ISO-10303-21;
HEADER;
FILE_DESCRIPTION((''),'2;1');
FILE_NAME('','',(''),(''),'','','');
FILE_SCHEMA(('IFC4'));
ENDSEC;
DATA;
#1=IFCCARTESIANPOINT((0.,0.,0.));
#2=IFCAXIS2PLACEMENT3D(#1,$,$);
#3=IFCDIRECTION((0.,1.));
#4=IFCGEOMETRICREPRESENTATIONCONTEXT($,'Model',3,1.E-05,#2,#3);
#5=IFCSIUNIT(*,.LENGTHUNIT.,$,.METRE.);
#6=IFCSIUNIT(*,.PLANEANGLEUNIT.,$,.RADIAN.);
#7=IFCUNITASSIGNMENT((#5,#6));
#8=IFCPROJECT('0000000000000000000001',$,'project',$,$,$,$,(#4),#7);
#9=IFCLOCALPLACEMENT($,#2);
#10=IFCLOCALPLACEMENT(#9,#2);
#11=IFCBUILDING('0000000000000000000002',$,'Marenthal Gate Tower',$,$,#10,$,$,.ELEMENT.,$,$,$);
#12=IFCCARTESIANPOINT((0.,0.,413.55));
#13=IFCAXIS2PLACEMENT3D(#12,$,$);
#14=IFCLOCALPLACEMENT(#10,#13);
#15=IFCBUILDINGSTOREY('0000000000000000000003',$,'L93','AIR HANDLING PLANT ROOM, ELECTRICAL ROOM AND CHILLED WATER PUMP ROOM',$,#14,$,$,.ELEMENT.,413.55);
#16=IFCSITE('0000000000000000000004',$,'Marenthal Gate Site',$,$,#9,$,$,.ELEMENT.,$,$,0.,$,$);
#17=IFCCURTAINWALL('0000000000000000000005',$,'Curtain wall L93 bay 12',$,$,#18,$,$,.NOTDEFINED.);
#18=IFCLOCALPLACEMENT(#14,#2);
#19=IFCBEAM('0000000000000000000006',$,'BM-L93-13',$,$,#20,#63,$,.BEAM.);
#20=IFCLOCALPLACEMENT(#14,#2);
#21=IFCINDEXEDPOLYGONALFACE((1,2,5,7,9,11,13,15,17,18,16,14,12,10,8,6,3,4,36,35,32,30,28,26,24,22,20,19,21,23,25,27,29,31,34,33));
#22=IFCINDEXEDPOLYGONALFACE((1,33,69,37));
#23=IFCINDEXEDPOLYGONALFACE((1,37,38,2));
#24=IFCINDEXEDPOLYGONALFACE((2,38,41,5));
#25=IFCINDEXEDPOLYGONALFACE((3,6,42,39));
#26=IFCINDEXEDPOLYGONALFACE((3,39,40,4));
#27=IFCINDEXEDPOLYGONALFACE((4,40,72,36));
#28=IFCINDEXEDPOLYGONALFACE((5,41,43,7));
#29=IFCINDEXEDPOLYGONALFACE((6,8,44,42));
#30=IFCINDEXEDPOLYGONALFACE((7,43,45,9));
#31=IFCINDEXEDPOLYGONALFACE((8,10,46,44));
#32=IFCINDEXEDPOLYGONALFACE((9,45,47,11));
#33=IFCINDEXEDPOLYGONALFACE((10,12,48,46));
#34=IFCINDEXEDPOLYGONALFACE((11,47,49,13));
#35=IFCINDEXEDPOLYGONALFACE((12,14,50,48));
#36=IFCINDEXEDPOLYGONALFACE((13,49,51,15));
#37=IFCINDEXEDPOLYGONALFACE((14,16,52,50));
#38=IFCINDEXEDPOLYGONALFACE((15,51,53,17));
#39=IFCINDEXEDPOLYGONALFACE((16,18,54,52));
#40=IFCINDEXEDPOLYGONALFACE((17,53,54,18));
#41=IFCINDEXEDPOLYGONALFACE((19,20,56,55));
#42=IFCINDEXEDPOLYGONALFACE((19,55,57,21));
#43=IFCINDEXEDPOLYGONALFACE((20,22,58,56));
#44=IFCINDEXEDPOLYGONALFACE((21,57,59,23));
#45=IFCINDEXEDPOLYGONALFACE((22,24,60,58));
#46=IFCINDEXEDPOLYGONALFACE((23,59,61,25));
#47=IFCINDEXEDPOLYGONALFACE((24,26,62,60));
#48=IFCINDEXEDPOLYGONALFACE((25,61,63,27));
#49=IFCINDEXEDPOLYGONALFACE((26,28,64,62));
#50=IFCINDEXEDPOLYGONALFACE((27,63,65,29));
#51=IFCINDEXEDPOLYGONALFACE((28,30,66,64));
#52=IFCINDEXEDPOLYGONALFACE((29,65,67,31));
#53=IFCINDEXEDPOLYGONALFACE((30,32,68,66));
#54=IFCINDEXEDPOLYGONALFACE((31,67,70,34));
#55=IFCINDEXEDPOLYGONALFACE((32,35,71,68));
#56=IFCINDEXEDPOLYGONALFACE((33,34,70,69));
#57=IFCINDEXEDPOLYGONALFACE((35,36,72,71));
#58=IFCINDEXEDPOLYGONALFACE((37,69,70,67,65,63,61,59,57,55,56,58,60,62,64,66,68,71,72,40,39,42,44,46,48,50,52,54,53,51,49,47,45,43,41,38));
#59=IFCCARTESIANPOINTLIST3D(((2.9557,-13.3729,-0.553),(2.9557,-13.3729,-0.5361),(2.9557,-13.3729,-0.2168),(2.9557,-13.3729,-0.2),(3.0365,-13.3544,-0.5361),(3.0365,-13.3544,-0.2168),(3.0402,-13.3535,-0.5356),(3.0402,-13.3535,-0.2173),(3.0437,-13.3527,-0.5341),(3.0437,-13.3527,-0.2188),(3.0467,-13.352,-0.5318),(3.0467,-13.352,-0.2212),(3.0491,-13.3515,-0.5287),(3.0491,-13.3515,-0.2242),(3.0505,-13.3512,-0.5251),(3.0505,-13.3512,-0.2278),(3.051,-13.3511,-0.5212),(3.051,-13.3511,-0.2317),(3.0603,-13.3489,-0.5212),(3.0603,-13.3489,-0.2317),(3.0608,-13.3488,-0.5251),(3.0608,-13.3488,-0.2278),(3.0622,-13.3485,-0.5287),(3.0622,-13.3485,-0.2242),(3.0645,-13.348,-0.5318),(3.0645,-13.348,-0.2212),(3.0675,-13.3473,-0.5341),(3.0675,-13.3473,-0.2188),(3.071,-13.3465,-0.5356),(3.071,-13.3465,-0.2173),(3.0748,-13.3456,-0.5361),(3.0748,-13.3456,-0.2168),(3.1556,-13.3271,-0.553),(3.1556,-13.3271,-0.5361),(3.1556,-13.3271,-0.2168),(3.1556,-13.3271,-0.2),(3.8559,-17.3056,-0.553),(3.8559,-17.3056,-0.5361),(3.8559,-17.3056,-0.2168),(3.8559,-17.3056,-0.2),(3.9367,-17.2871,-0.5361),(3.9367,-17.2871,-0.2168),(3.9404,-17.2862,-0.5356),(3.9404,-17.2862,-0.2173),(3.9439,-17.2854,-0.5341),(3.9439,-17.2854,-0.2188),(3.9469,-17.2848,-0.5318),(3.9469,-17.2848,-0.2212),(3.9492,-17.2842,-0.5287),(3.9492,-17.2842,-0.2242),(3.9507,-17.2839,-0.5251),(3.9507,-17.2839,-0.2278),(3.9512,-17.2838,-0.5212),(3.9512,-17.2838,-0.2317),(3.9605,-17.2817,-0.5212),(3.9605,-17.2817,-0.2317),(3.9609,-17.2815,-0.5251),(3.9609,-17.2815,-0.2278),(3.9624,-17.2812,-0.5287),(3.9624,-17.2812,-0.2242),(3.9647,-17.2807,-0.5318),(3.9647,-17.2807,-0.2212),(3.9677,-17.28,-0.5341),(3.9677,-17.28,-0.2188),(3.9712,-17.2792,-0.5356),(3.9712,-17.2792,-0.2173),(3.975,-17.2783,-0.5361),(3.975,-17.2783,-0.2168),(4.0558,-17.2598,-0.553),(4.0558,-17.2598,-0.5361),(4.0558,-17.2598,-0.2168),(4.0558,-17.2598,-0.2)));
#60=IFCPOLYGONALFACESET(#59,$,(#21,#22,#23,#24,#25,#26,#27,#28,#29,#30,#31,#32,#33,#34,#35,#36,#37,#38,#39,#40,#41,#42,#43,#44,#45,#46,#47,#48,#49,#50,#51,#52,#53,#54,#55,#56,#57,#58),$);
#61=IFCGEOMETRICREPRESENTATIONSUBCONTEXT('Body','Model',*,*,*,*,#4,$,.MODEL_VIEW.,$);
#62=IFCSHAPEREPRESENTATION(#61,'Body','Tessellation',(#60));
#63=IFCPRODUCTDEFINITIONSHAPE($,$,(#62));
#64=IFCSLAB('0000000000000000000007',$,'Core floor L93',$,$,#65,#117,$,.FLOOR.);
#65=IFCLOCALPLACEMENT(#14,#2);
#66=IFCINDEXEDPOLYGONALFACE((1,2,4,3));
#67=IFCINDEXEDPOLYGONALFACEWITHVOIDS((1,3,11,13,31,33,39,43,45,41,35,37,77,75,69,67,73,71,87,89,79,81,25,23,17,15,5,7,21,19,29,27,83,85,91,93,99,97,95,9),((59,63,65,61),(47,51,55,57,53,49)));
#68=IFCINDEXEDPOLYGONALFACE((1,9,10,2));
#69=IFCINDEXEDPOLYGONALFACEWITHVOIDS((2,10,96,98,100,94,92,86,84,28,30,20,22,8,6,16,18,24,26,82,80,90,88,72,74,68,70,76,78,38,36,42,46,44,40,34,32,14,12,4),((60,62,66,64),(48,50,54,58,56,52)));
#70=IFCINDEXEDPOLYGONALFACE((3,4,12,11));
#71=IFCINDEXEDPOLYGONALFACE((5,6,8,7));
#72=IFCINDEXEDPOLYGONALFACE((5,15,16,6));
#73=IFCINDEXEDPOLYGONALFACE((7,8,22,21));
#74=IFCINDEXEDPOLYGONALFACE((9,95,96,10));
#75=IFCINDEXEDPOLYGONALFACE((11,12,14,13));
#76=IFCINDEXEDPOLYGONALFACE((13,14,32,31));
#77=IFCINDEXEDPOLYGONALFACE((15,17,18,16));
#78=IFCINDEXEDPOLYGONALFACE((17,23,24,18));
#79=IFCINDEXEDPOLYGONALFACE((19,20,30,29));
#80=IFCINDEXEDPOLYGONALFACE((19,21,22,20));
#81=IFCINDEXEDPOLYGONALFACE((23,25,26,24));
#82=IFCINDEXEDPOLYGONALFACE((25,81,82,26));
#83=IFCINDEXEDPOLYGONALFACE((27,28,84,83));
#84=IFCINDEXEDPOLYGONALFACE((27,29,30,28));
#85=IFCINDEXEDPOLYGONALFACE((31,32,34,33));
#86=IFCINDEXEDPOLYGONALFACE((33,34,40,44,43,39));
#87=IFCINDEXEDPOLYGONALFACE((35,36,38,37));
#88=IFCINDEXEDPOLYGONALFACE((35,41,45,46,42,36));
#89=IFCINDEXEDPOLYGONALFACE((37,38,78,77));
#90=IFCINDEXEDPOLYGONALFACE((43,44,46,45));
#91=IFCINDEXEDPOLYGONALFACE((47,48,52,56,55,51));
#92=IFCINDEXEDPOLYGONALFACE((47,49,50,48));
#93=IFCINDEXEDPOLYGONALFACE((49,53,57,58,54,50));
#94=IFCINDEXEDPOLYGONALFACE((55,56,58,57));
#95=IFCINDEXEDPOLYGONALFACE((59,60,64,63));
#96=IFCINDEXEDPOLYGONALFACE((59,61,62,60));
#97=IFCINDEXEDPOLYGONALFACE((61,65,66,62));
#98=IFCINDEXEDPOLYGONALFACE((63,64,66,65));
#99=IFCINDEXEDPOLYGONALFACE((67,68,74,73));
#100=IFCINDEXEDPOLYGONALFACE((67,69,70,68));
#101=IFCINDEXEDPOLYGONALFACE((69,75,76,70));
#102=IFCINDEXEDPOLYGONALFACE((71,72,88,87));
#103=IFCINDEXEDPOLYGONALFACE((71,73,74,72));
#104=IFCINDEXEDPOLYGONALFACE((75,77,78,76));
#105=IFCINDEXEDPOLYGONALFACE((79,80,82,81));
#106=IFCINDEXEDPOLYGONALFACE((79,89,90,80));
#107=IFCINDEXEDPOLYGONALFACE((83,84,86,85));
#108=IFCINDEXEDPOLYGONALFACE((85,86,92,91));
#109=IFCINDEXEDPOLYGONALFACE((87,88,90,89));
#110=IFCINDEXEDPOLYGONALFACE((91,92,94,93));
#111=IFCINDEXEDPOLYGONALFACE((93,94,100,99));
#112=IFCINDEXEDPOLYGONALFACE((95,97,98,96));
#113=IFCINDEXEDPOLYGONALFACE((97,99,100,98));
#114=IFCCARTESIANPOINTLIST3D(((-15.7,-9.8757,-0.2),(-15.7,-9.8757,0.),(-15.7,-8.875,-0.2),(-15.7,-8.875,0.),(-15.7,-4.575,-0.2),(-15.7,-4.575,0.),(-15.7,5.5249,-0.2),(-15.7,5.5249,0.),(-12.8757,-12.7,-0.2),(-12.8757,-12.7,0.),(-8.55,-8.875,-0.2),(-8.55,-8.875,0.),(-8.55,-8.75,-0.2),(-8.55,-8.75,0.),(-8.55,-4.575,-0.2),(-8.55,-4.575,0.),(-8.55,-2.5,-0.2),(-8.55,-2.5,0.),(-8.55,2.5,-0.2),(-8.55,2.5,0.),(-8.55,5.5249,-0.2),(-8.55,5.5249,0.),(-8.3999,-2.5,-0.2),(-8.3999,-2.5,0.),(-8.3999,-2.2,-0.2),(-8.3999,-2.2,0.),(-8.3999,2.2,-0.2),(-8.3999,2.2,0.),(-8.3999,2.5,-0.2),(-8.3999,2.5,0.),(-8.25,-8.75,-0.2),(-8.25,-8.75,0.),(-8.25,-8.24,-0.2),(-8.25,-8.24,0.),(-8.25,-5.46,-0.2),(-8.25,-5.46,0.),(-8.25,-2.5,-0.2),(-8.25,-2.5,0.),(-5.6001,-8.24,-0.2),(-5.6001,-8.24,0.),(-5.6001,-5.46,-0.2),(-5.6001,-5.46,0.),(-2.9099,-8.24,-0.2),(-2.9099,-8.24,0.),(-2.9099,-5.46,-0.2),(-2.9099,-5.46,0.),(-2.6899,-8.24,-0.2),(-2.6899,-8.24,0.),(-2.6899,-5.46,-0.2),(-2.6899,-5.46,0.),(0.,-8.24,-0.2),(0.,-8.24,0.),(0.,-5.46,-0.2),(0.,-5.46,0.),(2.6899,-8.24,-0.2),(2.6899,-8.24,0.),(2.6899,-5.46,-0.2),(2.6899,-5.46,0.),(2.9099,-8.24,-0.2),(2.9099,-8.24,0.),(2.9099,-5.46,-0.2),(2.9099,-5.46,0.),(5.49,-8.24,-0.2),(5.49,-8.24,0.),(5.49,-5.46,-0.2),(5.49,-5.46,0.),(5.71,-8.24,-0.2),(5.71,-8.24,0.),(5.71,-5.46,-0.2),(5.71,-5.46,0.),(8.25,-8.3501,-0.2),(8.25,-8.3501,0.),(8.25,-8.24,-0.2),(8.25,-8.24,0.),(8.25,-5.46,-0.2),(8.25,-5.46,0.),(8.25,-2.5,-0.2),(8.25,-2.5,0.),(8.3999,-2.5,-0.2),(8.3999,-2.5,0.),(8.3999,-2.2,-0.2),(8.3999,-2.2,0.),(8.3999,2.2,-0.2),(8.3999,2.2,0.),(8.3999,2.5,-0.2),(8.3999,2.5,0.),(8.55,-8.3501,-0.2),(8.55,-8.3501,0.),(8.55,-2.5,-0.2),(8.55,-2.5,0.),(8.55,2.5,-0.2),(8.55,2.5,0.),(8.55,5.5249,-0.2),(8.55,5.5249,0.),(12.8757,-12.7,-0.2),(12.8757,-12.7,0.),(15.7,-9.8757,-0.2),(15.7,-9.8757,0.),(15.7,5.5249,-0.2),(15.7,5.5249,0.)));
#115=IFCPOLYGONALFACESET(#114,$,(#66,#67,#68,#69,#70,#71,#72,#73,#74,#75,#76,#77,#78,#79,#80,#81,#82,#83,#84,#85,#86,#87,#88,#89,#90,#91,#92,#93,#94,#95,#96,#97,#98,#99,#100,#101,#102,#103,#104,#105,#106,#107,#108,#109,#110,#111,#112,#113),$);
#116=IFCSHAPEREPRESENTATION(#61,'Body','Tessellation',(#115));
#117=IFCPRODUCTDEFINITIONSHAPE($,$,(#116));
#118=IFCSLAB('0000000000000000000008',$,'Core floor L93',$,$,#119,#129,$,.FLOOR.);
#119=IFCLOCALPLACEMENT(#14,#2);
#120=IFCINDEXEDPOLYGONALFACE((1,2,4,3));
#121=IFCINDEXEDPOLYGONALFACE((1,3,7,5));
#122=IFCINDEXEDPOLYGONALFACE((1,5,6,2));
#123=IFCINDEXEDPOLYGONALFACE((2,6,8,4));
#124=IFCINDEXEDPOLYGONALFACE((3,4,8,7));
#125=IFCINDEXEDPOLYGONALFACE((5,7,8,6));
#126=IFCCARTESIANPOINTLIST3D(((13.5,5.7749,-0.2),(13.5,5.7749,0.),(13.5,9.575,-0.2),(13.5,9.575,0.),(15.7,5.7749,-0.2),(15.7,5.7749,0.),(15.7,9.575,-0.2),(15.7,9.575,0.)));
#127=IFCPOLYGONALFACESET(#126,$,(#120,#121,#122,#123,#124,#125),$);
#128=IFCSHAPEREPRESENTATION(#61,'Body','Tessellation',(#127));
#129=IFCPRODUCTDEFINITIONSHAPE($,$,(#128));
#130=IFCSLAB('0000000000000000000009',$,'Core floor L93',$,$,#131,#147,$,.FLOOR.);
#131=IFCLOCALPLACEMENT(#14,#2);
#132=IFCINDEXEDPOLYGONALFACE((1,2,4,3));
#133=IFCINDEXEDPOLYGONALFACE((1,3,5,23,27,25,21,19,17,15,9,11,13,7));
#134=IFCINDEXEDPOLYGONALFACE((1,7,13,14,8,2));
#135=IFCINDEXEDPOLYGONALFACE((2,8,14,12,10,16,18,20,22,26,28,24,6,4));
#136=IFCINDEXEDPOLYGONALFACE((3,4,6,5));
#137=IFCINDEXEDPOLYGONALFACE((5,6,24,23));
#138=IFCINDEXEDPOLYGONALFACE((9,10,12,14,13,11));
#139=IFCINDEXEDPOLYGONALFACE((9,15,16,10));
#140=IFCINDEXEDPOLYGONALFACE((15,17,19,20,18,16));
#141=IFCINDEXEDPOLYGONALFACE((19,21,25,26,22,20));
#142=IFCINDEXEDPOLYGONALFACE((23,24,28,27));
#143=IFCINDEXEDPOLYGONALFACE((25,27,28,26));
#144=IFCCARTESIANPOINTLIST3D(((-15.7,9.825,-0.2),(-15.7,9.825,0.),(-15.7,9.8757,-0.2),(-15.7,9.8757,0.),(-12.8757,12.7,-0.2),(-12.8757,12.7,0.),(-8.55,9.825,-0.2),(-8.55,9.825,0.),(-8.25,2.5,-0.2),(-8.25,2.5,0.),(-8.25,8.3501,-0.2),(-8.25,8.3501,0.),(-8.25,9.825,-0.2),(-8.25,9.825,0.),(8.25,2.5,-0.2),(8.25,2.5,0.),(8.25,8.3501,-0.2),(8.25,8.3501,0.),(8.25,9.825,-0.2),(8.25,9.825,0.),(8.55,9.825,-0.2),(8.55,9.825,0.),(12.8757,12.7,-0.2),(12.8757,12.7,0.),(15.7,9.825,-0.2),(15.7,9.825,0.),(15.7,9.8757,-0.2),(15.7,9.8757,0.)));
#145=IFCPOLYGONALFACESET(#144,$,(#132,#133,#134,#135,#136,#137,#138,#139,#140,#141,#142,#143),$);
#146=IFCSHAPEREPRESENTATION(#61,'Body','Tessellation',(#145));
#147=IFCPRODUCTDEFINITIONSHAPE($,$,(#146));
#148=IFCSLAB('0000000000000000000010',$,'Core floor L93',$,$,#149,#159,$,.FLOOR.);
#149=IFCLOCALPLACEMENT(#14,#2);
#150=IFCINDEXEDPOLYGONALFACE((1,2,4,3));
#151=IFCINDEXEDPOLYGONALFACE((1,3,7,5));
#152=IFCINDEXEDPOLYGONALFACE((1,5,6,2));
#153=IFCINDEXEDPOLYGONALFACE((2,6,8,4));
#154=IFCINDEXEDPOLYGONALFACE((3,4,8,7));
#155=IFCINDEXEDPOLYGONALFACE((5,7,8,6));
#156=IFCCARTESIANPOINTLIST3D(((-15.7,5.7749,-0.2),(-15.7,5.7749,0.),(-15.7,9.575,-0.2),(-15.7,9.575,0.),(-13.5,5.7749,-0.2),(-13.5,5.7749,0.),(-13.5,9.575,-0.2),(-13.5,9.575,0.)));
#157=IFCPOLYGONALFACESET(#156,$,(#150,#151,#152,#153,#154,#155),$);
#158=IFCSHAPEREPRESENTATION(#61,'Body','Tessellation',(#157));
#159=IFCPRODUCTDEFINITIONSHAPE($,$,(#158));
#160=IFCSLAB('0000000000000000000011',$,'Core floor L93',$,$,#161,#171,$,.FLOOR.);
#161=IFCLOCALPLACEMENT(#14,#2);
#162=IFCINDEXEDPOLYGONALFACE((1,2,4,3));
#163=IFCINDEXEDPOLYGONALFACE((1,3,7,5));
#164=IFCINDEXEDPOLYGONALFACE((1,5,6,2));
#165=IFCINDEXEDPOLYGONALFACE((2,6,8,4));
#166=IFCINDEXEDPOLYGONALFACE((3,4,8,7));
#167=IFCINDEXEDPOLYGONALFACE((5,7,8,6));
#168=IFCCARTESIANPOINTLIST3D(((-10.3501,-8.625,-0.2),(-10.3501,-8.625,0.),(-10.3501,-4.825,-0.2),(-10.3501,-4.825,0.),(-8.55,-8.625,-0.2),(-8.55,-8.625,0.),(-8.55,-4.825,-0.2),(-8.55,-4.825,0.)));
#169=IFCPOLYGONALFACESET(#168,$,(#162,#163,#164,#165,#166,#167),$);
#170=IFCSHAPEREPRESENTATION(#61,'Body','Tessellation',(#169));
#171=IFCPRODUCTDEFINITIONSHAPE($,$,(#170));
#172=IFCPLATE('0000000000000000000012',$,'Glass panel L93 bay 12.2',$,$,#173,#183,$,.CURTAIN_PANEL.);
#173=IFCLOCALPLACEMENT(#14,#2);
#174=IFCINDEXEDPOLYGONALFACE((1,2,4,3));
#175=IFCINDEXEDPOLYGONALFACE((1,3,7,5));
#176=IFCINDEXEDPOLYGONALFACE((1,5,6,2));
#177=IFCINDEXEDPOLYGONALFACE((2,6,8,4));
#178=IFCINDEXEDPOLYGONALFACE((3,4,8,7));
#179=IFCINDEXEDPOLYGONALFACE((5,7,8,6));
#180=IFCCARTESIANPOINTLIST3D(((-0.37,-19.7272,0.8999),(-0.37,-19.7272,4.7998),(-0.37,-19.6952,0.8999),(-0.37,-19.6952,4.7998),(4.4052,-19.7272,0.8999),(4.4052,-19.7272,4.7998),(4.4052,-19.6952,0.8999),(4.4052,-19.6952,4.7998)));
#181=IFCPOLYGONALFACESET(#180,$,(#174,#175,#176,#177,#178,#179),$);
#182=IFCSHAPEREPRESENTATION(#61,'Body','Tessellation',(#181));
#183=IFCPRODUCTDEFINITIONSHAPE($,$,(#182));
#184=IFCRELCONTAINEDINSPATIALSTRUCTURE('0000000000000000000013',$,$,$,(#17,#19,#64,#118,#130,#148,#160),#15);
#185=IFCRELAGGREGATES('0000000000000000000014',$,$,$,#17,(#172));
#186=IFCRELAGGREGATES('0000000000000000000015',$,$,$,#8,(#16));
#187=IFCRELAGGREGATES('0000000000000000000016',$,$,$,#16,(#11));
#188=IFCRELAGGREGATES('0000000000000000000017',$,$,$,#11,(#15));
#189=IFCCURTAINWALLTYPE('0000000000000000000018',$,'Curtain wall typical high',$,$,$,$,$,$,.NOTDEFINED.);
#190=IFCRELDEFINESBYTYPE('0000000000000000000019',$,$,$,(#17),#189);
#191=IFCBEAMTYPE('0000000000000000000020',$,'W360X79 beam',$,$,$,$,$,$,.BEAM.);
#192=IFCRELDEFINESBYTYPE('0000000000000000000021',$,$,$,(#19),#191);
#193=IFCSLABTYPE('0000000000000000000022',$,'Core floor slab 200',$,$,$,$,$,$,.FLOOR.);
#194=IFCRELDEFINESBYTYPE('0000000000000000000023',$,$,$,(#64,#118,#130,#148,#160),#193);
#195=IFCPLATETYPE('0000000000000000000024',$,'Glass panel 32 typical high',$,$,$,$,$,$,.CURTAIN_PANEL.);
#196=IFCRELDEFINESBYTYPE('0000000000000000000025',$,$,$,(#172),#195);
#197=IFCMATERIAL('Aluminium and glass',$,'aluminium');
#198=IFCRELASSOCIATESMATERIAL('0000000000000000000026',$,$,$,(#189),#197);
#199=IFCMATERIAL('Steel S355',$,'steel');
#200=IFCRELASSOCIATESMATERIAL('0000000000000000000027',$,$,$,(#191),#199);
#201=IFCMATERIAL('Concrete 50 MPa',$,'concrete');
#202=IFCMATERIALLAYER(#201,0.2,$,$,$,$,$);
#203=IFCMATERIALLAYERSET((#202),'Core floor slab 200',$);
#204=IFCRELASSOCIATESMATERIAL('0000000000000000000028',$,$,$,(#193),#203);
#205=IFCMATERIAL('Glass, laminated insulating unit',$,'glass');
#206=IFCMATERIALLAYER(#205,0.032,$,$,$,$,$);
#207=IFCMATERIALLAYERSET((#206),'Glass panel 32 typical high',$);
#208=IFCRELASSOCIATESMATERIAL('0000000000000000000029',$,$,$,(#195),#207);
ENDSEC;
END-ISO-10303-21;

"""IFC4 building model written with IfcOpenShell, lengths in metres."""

from ifc_helpers import new_model, si_unit, direction, frame, origin, origin_2d, place, context, subcontext, project, spatial, polyline, rectangle, i_section, outline, extrude, material, layer, layer_set, material_profile, profile_set, type_object, element, aggregate, save


model = new_model("IFC4")

# Units and contexts
model_context = context("Model", 3, precision=1e-05, world=origin(), true_north=direction((0.0, 1.0)))
body_context = subcontext(model_context, "Body", "Model", "MODEL_VIEW")
ifc_project = project(units=[si_unit("LENGTHUNIT", "METRE"), si_unit("PLANEANGLEUNIT", "RADIAN")], contexts=[model_context])

# Site, building, storey
site_placement = place(None, origin())
site = spatial("IfcSite", under=ifc_project, at=site_placement, Name="Marenthal Gate Site", CompositionType="ELEMENT", RefElevation=0.0)
building_placement = place(site_placement, origin())
building = spatial("IfcBuilding", under=site, at=building_placement, Name="Marenthal Gate Tower", CompositionType="ELEMENT")
storey_placement = place(building_placement, frame((0.0, 0.0, 413.55)))
storey = spatial("IfcBuildingStorey", under=building, at=storey_placement, Name="L93", Description="AIR HANDLING PLANT ROOM, ELECTRICAL ROOM AND CHILLED WATER PUMP ROOM", CompositionType="ELEMENT", Elevation=413.55)

# Curtain wall
ifc_material_1 = material(Name="Aluminium and glass", Category="aluminium")
curtain_wall_type_1 = type_object("IfcCurtainWallType", Name="Curtain wall typical high", PredefinedType="NOTDEFINED", material=ifc_material_1)
curtain_wall_1_placement = place(storey_placement, origin())
curtain_wall_1 = element("IfcCurtainWall", 1, at=curtain_wall_1_placement, inside=storey, type_object=curtain_wall_type_1, Name="Curtain wall L93 bay 12", PredefinedType="NOTDEFINED")

# Beam
ifc_material_2 = material(Name="Steel S355", Category="steel")
ifc_material_profile_1 = material_profile(ifc_material_2, i_section(OverallWidth=0.2051, OverallDepth=0.353, WebThickness=0.0095, FlangeThickness=0.0168, FilletRadius=0.0149, at=origin_2d()), Name="W360X79")
ifc_profile_set_1 = profile_set([ifc_material_profile_1], Name="Steel S355")
beam_type_1 = type_object("IfcBeamType", Name="W360X79 beam", PredefinedType="BEAM", material=ifc_profile_set_1)
beam_1_placement = place(storey_placement, frame((3.9558, -17.2827, -0.3765), z_axis=(-0.223122, 0.97479, 0.0), x_axis=(-0.97479, -0.223122, 0.0)))
element("IfcBeam", 2, at=beam_1_placement, inside=storey, type_object=beam_type_1, Name="BM-L93-13", PredefinedType="BEAM", context=body_context, shape_type="SweptSolid", body=[
    extrude(i_section(OverallWidth=0.2051, OverallDepth=0.353, WebThickness=0.0095, FlangeThickness=0.0168, FilletRadius=0.0149, at=origin_2d()), origin(), (0.0, 0.0, 1.0), 4.0344),
])

# Slabs
ifc_material_3 = material(Name="Concrete 50 MPa", Category="concrete")
ifc_layer_1 = layer(ifc_material_3, 0.2)
ifc_layer_set_1 = layer_set([ifc_layer_1], Name="Core floor slab 200")
slab_type_1 = type_object("IfcSlabType", Name="Core floor slab 200", PredefinedType="FLOOR", material=ifc_layer_set_1)
slab_1_placement = place(storey_placement, frame((0.0, 0.0, -0.2)))
element("IfcSlab", 3, at=slab_1_placement, inside=storey, type_object=slab_type_1, Name="Core floor L93", PredefinedType="FLOOR", context=body_context, shape_type="SweptSolid", body=[
    extrude(outline(polyline([(12.8757, -12.7), (-12.8757, -12.7), (-15.7, -9.8757), (-15.7, -8.875), (-8.55, -8.875), (-8.55, -8.75), (-8.25, -8.75), (-8.25, -8.24), (-5.6001, -8.24), (-2.9099, -8.24), (-2.9099, -5.46), (-5.6001, -5.46), (-8.25, -5.46), (-8.25, -2.5), (8.25, -2.5), (8.25, -5.46), (5.71, -5.46), (5.71, -8.24), (8.25, -8.24), (8.25, -8.3501), (8.55, -8.3501), (8.55, -2.5), (8.3999, -2.5), (8.3999, -2.2), (-8.3999, -2.2), (-8.3999, -2.5), (-8.55, -2.5), (-8.55, -4.575), (-15.7, -4.575), (-15.7, 5.5249), (-8.55, 5.5249), (-8.55, 2.5), (-8.3999, 2.5), (-8.3999, 2.2), (8.3999, 2.2), (8.3999, 2.5), (8.55, 2.5), (8.55, 5.5249), (15.7, 5.5249), (15.7, -9.8757), (12.8757, -12.7)]), holes=[polyline([(0.0, -8.24), (2.6899, -8.24), (2.6899, -5.46), (0.0, -5.46), (-2.6899, -5.46), (-2.6899, -8.24), (0.0, -8.24)]), polyline([(2.9099, -5.46), (2.9099, -8.24), (5.49, -8.24), (5.49, -5.46), (2.9099, -5.46)])]), origin(), (0.0, 0.0, 1.0), 0.2),
])
slab_2_placement = place(storey_placement, frame((0.0, 0.0, -0.2)))
element("IfcSlab", 4, at=slab_2_placement, inside=storey, type_object=slab_type_1, Name="Core floor L93", PredefinedType="FLOOR", context=body_context, shape_type="SweptSolid", body=[
    extrude(outline(polyline([(15.7, 5.7749), (13.5, 5.7749), (13.5, 9.575), (15.7, 9.575), (15.7, 5.7749)])), origin(), (0.0, 0.0, 1.0), 0.2),
])
slab_3_placement = place(storey_placement, frame((0.0, 0.0, -0.2)))
element("IfcSlab", 5, at=slab_3_placement, inside=storey, type_object=slab_type_1, Name="Core floor L93", PredefinedType="FLOOR", context=body_context, shape_type="SweptSolid", body=[
    extrude(outline(polyline([(15.7, 9.825), (8.55, 9.825), (8.25, 9.825), (8.25, 8.3501), (8.25, 2.5), (-8.25, 2.5), (-8.25, 8.3501), (-8.25, 9.825), (-8.55, 9.825), (-15.7, 9.825), (-15.7, 9.8757), (-12.8757, 12.7), (12.8757, 12.7), (15.7, 9.8757), (15.7, 9.825)])), origin(), (0.0, 0.0, 1.0), 0.2),
])
slab_4_placement = place(storey_placement, frame((0.0, 0.0, -0.2)))
element("IfcSlab", 6, at=slab_4_placement, inside=storey, type_object=slab_type_1, Name="Core floor L93", PredefinedType="FLOOR", context=body_context, shape_type="SweptSolid", body=[
    extrude(outline(polyline([(-15.7, 9.575), (-13.5, 9.575), (-13.5, 5.7749), (-15.7, 5.7749), (-15.7, 9.575)])), origin(), (0.0, 0.0, 1.0), 0.2),
])
slab_5_placement = place(storey_placement, frame((0.0, 0.0, -0.2)))
element("IfcSlab", 7, at=slab_5_placement, inside=storey, type_object=slab_type_1, Name="Core floor L93", PredefinedType="FLOOR", context=body_context, shape_type="SweptSolid", body=[
    extrude(outline(polyline([(-10.3501, -8.625), (-10.3501, -4.825), (-8.55, -4.825), (-8.55, -8.625), (-10.3501, -8.625)])), origin(), (0.0, 0.0, 1.0), 0.2),
])

# Plate
ifc_material_4 = material(Name="Glass, laminated insulating unit", Category="glass")
ifc_layer_2 = layer(ifc_material_4, 0.032)
ifc_layer_set_2 = layer_set([ifc_layer_2], Name="Glass panel 32 typical high")
plate_type_1 = type_object("IfcPlateType", Name="Glass panel 32 typical high", PredefinedType="CURTAIN_PANEL", material=ifc_layer_set_2)
plate_1_placement = place(storey_placement, frame((2.0176, -19.7112, 0.8999), z_axis=(0.0, 0.0, 1.0), x_axis=(1.0, 0.0, 0.0)))
plate_1 = element("IfcPlate", 8, at=plate_1_placement, type_object=plate_type_1, Name="Glass panel L93 bay 12.2", PredefinedType="CURTAIN_PANEL", context=body_context, shape_type="SweptSolid", body=[
    extrude(rectangle(XDim=4.7751, YDim=0.032, at=origin_2d()), origin(), (0.0, 0.0, 1.0), 3.8999),
])
aggregate(curtain_wall_1, [plate_1])

save(model, "model.ifc")
